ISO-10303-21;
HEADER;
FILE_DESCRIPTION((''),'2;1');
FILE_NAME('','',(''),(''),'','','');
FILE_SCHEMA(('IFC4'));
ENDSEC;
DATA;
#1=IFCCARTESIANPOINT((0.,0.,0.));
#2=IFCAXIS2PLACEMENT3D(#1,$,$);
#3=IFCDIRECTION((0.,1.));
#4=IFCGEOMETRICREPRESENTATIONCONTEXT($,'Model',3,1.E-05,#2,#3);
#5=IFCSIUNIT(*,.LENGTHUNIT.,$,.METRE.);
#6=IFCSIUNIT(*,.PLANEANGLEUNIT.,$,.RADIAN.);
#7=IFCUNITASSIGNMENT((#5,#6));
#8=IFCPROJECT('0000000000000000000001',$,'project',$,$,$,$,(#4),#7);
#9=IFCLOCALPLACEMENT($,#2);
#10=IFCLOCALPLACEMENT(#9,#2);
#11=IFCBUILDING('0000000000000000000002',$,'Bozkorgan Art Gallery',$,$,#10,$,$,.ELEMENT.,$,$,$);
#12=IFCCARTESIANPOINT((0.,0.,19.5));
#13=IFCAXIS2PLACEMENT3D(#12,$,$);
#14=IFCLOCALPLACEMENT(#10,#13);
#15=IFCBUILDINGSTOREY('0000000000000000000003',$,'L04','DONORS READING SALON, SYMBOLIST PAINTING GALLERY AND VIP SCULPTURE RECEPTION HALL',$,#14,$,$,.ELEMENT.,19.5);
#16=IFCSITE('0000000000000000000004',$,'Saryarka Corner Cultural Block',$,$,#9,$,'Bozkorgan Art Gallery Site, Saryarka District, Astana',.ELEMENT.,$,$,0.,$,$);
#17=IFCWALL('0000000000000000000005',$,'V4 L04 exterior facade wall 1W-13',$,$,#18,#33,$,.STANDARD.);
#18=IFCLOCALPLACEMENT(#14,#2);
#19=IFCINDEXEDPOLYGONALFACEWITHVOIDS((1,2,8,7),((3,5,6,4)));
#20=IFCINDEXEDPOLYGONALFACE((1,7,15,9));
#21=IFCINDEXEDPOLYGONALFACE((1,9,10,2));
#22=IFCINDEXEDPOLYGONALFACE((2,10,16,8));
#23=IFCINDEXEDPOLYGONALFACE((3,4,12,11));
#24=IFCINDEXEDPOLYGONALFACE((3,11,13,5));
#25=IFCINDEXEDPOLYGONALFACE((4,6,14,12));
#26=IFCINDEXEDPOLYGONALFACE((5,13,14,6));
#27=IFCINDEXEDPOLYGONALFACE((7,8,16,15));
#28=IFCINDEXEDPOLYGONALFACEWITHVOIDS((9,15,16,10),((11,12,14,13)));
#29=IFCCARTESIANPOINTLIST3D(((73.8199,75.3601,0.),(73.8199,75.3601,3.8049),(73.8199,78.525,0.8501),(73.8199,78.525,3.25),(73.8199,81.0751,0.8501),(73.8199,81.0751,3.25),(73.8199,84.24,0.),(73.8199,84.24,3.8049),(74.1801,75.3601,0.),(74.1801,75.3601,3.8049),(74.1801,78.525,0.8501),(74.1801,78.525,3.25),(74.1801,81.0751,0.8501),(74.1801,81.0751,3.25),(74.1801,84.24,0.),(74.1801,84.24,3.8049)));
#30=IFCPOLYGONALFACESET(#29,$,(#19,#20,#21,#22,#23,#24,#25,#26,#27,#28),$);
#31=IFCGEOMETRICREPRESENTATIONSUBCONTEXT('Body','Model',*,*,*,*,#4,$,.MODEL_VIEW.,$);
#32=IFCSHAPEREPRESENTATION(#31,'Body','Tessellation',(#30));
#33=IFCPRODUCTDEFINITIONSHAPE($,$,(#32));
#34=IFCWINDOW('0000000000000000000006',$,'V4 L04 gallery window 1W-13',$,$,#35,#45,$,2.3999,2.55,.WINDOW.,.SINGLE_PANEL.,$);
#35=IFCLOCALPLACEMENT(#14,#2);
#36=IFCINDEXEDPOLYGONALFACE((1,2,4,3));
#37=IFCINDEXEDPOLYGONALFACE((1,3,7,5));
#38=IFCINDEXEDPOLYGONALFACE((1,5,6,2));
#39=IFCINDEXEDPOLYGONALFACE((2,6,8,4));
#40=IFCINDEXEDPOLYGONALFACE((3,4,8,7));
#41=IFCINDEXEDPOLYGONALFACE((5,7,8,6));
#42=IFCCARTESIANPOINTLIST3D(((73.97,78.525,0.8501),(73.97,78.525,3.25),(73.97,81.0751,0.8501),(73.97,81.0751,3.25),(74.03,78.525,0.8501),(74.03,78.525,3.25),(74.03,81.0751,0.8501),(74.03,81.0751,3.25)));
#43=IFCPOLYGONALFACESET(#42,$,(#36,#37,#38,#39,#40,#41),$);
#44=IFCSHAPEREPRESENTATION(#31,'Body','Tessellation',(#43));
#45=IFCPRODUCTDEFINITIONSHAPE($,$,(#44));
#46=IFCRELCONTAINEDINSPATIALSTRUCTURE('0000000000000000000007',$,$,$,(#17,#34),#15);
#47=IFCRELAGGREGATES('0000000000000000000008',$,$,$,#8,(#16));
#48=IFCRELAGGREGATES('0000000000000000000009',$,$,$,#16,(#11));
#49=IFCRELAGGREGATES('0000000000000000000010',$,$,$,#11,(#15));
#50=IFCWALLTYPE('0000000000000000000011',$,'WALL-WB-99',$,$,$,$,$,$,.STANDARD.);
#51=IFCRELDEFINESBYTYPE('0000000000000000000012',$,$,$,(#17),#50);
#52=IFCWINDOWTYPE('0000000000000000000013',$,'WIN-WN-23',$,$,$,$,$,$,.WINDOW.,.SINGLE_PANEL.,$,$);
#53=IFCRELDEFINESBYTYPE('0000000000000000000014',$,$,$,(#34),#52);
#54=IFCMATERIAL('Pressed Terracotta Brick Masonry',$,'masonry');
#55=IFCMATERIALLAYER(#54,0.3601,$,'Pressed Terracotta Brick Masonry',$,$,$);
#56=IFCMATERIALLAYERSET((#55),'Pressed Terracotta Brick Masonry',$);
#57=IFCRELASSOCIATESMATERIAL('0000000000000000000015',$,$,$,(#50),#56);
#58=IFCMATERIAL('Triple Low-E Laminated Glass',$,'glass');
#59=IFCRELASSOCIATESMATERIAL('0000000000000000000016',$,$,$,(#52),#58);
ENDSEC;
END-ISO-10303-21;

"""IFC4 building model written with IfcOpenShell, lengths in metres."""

from ifc_helpers import new_model, si_unit, direction, frame, frame_2d, origin, place, context, subcontext, project, spatial, rectangle, extrude, material, layer, layer_set, type_object, element, fill, save


model = new_model("IFC4")

# Units and contexts
model_context = context("Model", 3, precision=1e-05, world=origin(), true_north=direction((0.0, 1.0)))
body_context = subcontext(model_context, "Body", "Model", "MODEL_VIEW")
ifc_project = project(units=[si_unit("LENGTHUNIT", "METRE"), si_unit("PLANEANGLEUNIT", "RADIAN")], contexts=[model_context])

# Site, building, storey
site_placement = place(None, origin())
site = spatial("IfcSite", under=ifc_project, at=site_placement, Name="Saryarka Corner Cultural Block", LongName="Bozkorgan Art Gallery Site, Saryarka District, Astana", CompositionType="ELEMENT", RefElevation=0.0)
building_placement = place(site_placement, origin())
building = spatial("IfcBuilding", under=site, at=building_placement, Name="Bozkorgan Art Gallery", CompositionType="ELEMENT")
storey_placement = place(building_placement, frame((0.0, 0.0, 19.5)))
storey = spatial("IfcBuildingStorey", under=building, at=storey_placement, Name="L04", Description="DONORS READING SALON, SYMBOLIST PAINTING GALLERY AND VIP SCULPTURE RECEPTION HALL", CompositionType="ELEMENT", Elevation=19.5)

# Wall, opening, window
ifc_material_1 = material(Name="Pressed Terracotta Brick Masonry", Category="masonry")
ifc_layer_1 = layer(ifc_material_1, 0.3601, Name="Pressed Terracotta Brick Masonry")
ifc_layer_set_1 = layer_set([ifc_layer_1], Name="Pressed Terracotta Brick Masonry")
wall_type_1 = type_object("IfcWallType", Name="WALL-WB-99", PredefinedType="STANDARD", material=ifc_layer_set_1)
ifc_material_2 = material(Name="Triple Low-E Laminated Glass", Category="glass")
wall_1_placement = place(storey_placement, frame((74.0, 75.3601, 0.0), z_axis=(0.0, 0.0, 1.0), x_axis=(0.0, 1.0, 0.0)))
wall_1 = element("IfcWall", 1, at=wall_1_placement, inside=storey, type_object=wall_type_1, Name="V4 L04 exterior facade wall 1W-13", PredefinedType="STANDARD", context=body_context, shape_type="SweptSolid", body=[
    extrude(rectangle(XDim=8.8799, YDim=0.3601, at=frame_2d((4.4399, 0.0))), origin(), (0.0, 0.0, 1.0), 3.8049),
])
opening_1_placement = place(wall_1_placement, frame((3.165, 0.0, 0.8501)))
opening_1 = element("IfcOpeningElement", 2, at=opening_1_placement, cuts=wall_1, PredefinedType="OPENING", context=body_context, shape_type="SweptSolid", body=[
    extrude(rectangle(XDim=2.55, YDim=2.3999, at=frame_2d((1.2749, 1.2))), frame((0.0, 0.1899, 0.0), z_axis=(0.0, -1.0, 0.0), x_axis=(1.0, 0.0, 0.0)), (0.0, 0.0, 1.0), 0.3801),
])
window_type_1 = type_object("IfcWindowType", Name="WIN-WN-23", PartitioningType="SINGLE_PANEL", PredefinedType="WINDOW", material=ifc_material_2)
window_1_placement = place(opening_1_placement, origin())
window_1 = element("IfcWindow", 3, at=window_1_placement, inside=storey, type_object=window_type_1, Name="V4 L04 gallery window 1W-13", OverallHeight=2.3999, OverallWidth=2.55, PartitioningType="SINGLE_PANEL", PredefinedType="WINDOW", context=body_context, shape_type="SweptSolid", body=[
    extrude(rectangle(XDim=2.55, YDim=2.3999, at=frame_2d((1.2749, 1.2))), frame((0.0, 0.03, 0.0), z_axis=(0.0, -1.0, 0.0), x_axis=(1.0, 0.0, 0.0)), (0.0, 0.0, 1.0), 0.0601),
])
fill(opening_1, window_1)

save(model, "model.ifc")
